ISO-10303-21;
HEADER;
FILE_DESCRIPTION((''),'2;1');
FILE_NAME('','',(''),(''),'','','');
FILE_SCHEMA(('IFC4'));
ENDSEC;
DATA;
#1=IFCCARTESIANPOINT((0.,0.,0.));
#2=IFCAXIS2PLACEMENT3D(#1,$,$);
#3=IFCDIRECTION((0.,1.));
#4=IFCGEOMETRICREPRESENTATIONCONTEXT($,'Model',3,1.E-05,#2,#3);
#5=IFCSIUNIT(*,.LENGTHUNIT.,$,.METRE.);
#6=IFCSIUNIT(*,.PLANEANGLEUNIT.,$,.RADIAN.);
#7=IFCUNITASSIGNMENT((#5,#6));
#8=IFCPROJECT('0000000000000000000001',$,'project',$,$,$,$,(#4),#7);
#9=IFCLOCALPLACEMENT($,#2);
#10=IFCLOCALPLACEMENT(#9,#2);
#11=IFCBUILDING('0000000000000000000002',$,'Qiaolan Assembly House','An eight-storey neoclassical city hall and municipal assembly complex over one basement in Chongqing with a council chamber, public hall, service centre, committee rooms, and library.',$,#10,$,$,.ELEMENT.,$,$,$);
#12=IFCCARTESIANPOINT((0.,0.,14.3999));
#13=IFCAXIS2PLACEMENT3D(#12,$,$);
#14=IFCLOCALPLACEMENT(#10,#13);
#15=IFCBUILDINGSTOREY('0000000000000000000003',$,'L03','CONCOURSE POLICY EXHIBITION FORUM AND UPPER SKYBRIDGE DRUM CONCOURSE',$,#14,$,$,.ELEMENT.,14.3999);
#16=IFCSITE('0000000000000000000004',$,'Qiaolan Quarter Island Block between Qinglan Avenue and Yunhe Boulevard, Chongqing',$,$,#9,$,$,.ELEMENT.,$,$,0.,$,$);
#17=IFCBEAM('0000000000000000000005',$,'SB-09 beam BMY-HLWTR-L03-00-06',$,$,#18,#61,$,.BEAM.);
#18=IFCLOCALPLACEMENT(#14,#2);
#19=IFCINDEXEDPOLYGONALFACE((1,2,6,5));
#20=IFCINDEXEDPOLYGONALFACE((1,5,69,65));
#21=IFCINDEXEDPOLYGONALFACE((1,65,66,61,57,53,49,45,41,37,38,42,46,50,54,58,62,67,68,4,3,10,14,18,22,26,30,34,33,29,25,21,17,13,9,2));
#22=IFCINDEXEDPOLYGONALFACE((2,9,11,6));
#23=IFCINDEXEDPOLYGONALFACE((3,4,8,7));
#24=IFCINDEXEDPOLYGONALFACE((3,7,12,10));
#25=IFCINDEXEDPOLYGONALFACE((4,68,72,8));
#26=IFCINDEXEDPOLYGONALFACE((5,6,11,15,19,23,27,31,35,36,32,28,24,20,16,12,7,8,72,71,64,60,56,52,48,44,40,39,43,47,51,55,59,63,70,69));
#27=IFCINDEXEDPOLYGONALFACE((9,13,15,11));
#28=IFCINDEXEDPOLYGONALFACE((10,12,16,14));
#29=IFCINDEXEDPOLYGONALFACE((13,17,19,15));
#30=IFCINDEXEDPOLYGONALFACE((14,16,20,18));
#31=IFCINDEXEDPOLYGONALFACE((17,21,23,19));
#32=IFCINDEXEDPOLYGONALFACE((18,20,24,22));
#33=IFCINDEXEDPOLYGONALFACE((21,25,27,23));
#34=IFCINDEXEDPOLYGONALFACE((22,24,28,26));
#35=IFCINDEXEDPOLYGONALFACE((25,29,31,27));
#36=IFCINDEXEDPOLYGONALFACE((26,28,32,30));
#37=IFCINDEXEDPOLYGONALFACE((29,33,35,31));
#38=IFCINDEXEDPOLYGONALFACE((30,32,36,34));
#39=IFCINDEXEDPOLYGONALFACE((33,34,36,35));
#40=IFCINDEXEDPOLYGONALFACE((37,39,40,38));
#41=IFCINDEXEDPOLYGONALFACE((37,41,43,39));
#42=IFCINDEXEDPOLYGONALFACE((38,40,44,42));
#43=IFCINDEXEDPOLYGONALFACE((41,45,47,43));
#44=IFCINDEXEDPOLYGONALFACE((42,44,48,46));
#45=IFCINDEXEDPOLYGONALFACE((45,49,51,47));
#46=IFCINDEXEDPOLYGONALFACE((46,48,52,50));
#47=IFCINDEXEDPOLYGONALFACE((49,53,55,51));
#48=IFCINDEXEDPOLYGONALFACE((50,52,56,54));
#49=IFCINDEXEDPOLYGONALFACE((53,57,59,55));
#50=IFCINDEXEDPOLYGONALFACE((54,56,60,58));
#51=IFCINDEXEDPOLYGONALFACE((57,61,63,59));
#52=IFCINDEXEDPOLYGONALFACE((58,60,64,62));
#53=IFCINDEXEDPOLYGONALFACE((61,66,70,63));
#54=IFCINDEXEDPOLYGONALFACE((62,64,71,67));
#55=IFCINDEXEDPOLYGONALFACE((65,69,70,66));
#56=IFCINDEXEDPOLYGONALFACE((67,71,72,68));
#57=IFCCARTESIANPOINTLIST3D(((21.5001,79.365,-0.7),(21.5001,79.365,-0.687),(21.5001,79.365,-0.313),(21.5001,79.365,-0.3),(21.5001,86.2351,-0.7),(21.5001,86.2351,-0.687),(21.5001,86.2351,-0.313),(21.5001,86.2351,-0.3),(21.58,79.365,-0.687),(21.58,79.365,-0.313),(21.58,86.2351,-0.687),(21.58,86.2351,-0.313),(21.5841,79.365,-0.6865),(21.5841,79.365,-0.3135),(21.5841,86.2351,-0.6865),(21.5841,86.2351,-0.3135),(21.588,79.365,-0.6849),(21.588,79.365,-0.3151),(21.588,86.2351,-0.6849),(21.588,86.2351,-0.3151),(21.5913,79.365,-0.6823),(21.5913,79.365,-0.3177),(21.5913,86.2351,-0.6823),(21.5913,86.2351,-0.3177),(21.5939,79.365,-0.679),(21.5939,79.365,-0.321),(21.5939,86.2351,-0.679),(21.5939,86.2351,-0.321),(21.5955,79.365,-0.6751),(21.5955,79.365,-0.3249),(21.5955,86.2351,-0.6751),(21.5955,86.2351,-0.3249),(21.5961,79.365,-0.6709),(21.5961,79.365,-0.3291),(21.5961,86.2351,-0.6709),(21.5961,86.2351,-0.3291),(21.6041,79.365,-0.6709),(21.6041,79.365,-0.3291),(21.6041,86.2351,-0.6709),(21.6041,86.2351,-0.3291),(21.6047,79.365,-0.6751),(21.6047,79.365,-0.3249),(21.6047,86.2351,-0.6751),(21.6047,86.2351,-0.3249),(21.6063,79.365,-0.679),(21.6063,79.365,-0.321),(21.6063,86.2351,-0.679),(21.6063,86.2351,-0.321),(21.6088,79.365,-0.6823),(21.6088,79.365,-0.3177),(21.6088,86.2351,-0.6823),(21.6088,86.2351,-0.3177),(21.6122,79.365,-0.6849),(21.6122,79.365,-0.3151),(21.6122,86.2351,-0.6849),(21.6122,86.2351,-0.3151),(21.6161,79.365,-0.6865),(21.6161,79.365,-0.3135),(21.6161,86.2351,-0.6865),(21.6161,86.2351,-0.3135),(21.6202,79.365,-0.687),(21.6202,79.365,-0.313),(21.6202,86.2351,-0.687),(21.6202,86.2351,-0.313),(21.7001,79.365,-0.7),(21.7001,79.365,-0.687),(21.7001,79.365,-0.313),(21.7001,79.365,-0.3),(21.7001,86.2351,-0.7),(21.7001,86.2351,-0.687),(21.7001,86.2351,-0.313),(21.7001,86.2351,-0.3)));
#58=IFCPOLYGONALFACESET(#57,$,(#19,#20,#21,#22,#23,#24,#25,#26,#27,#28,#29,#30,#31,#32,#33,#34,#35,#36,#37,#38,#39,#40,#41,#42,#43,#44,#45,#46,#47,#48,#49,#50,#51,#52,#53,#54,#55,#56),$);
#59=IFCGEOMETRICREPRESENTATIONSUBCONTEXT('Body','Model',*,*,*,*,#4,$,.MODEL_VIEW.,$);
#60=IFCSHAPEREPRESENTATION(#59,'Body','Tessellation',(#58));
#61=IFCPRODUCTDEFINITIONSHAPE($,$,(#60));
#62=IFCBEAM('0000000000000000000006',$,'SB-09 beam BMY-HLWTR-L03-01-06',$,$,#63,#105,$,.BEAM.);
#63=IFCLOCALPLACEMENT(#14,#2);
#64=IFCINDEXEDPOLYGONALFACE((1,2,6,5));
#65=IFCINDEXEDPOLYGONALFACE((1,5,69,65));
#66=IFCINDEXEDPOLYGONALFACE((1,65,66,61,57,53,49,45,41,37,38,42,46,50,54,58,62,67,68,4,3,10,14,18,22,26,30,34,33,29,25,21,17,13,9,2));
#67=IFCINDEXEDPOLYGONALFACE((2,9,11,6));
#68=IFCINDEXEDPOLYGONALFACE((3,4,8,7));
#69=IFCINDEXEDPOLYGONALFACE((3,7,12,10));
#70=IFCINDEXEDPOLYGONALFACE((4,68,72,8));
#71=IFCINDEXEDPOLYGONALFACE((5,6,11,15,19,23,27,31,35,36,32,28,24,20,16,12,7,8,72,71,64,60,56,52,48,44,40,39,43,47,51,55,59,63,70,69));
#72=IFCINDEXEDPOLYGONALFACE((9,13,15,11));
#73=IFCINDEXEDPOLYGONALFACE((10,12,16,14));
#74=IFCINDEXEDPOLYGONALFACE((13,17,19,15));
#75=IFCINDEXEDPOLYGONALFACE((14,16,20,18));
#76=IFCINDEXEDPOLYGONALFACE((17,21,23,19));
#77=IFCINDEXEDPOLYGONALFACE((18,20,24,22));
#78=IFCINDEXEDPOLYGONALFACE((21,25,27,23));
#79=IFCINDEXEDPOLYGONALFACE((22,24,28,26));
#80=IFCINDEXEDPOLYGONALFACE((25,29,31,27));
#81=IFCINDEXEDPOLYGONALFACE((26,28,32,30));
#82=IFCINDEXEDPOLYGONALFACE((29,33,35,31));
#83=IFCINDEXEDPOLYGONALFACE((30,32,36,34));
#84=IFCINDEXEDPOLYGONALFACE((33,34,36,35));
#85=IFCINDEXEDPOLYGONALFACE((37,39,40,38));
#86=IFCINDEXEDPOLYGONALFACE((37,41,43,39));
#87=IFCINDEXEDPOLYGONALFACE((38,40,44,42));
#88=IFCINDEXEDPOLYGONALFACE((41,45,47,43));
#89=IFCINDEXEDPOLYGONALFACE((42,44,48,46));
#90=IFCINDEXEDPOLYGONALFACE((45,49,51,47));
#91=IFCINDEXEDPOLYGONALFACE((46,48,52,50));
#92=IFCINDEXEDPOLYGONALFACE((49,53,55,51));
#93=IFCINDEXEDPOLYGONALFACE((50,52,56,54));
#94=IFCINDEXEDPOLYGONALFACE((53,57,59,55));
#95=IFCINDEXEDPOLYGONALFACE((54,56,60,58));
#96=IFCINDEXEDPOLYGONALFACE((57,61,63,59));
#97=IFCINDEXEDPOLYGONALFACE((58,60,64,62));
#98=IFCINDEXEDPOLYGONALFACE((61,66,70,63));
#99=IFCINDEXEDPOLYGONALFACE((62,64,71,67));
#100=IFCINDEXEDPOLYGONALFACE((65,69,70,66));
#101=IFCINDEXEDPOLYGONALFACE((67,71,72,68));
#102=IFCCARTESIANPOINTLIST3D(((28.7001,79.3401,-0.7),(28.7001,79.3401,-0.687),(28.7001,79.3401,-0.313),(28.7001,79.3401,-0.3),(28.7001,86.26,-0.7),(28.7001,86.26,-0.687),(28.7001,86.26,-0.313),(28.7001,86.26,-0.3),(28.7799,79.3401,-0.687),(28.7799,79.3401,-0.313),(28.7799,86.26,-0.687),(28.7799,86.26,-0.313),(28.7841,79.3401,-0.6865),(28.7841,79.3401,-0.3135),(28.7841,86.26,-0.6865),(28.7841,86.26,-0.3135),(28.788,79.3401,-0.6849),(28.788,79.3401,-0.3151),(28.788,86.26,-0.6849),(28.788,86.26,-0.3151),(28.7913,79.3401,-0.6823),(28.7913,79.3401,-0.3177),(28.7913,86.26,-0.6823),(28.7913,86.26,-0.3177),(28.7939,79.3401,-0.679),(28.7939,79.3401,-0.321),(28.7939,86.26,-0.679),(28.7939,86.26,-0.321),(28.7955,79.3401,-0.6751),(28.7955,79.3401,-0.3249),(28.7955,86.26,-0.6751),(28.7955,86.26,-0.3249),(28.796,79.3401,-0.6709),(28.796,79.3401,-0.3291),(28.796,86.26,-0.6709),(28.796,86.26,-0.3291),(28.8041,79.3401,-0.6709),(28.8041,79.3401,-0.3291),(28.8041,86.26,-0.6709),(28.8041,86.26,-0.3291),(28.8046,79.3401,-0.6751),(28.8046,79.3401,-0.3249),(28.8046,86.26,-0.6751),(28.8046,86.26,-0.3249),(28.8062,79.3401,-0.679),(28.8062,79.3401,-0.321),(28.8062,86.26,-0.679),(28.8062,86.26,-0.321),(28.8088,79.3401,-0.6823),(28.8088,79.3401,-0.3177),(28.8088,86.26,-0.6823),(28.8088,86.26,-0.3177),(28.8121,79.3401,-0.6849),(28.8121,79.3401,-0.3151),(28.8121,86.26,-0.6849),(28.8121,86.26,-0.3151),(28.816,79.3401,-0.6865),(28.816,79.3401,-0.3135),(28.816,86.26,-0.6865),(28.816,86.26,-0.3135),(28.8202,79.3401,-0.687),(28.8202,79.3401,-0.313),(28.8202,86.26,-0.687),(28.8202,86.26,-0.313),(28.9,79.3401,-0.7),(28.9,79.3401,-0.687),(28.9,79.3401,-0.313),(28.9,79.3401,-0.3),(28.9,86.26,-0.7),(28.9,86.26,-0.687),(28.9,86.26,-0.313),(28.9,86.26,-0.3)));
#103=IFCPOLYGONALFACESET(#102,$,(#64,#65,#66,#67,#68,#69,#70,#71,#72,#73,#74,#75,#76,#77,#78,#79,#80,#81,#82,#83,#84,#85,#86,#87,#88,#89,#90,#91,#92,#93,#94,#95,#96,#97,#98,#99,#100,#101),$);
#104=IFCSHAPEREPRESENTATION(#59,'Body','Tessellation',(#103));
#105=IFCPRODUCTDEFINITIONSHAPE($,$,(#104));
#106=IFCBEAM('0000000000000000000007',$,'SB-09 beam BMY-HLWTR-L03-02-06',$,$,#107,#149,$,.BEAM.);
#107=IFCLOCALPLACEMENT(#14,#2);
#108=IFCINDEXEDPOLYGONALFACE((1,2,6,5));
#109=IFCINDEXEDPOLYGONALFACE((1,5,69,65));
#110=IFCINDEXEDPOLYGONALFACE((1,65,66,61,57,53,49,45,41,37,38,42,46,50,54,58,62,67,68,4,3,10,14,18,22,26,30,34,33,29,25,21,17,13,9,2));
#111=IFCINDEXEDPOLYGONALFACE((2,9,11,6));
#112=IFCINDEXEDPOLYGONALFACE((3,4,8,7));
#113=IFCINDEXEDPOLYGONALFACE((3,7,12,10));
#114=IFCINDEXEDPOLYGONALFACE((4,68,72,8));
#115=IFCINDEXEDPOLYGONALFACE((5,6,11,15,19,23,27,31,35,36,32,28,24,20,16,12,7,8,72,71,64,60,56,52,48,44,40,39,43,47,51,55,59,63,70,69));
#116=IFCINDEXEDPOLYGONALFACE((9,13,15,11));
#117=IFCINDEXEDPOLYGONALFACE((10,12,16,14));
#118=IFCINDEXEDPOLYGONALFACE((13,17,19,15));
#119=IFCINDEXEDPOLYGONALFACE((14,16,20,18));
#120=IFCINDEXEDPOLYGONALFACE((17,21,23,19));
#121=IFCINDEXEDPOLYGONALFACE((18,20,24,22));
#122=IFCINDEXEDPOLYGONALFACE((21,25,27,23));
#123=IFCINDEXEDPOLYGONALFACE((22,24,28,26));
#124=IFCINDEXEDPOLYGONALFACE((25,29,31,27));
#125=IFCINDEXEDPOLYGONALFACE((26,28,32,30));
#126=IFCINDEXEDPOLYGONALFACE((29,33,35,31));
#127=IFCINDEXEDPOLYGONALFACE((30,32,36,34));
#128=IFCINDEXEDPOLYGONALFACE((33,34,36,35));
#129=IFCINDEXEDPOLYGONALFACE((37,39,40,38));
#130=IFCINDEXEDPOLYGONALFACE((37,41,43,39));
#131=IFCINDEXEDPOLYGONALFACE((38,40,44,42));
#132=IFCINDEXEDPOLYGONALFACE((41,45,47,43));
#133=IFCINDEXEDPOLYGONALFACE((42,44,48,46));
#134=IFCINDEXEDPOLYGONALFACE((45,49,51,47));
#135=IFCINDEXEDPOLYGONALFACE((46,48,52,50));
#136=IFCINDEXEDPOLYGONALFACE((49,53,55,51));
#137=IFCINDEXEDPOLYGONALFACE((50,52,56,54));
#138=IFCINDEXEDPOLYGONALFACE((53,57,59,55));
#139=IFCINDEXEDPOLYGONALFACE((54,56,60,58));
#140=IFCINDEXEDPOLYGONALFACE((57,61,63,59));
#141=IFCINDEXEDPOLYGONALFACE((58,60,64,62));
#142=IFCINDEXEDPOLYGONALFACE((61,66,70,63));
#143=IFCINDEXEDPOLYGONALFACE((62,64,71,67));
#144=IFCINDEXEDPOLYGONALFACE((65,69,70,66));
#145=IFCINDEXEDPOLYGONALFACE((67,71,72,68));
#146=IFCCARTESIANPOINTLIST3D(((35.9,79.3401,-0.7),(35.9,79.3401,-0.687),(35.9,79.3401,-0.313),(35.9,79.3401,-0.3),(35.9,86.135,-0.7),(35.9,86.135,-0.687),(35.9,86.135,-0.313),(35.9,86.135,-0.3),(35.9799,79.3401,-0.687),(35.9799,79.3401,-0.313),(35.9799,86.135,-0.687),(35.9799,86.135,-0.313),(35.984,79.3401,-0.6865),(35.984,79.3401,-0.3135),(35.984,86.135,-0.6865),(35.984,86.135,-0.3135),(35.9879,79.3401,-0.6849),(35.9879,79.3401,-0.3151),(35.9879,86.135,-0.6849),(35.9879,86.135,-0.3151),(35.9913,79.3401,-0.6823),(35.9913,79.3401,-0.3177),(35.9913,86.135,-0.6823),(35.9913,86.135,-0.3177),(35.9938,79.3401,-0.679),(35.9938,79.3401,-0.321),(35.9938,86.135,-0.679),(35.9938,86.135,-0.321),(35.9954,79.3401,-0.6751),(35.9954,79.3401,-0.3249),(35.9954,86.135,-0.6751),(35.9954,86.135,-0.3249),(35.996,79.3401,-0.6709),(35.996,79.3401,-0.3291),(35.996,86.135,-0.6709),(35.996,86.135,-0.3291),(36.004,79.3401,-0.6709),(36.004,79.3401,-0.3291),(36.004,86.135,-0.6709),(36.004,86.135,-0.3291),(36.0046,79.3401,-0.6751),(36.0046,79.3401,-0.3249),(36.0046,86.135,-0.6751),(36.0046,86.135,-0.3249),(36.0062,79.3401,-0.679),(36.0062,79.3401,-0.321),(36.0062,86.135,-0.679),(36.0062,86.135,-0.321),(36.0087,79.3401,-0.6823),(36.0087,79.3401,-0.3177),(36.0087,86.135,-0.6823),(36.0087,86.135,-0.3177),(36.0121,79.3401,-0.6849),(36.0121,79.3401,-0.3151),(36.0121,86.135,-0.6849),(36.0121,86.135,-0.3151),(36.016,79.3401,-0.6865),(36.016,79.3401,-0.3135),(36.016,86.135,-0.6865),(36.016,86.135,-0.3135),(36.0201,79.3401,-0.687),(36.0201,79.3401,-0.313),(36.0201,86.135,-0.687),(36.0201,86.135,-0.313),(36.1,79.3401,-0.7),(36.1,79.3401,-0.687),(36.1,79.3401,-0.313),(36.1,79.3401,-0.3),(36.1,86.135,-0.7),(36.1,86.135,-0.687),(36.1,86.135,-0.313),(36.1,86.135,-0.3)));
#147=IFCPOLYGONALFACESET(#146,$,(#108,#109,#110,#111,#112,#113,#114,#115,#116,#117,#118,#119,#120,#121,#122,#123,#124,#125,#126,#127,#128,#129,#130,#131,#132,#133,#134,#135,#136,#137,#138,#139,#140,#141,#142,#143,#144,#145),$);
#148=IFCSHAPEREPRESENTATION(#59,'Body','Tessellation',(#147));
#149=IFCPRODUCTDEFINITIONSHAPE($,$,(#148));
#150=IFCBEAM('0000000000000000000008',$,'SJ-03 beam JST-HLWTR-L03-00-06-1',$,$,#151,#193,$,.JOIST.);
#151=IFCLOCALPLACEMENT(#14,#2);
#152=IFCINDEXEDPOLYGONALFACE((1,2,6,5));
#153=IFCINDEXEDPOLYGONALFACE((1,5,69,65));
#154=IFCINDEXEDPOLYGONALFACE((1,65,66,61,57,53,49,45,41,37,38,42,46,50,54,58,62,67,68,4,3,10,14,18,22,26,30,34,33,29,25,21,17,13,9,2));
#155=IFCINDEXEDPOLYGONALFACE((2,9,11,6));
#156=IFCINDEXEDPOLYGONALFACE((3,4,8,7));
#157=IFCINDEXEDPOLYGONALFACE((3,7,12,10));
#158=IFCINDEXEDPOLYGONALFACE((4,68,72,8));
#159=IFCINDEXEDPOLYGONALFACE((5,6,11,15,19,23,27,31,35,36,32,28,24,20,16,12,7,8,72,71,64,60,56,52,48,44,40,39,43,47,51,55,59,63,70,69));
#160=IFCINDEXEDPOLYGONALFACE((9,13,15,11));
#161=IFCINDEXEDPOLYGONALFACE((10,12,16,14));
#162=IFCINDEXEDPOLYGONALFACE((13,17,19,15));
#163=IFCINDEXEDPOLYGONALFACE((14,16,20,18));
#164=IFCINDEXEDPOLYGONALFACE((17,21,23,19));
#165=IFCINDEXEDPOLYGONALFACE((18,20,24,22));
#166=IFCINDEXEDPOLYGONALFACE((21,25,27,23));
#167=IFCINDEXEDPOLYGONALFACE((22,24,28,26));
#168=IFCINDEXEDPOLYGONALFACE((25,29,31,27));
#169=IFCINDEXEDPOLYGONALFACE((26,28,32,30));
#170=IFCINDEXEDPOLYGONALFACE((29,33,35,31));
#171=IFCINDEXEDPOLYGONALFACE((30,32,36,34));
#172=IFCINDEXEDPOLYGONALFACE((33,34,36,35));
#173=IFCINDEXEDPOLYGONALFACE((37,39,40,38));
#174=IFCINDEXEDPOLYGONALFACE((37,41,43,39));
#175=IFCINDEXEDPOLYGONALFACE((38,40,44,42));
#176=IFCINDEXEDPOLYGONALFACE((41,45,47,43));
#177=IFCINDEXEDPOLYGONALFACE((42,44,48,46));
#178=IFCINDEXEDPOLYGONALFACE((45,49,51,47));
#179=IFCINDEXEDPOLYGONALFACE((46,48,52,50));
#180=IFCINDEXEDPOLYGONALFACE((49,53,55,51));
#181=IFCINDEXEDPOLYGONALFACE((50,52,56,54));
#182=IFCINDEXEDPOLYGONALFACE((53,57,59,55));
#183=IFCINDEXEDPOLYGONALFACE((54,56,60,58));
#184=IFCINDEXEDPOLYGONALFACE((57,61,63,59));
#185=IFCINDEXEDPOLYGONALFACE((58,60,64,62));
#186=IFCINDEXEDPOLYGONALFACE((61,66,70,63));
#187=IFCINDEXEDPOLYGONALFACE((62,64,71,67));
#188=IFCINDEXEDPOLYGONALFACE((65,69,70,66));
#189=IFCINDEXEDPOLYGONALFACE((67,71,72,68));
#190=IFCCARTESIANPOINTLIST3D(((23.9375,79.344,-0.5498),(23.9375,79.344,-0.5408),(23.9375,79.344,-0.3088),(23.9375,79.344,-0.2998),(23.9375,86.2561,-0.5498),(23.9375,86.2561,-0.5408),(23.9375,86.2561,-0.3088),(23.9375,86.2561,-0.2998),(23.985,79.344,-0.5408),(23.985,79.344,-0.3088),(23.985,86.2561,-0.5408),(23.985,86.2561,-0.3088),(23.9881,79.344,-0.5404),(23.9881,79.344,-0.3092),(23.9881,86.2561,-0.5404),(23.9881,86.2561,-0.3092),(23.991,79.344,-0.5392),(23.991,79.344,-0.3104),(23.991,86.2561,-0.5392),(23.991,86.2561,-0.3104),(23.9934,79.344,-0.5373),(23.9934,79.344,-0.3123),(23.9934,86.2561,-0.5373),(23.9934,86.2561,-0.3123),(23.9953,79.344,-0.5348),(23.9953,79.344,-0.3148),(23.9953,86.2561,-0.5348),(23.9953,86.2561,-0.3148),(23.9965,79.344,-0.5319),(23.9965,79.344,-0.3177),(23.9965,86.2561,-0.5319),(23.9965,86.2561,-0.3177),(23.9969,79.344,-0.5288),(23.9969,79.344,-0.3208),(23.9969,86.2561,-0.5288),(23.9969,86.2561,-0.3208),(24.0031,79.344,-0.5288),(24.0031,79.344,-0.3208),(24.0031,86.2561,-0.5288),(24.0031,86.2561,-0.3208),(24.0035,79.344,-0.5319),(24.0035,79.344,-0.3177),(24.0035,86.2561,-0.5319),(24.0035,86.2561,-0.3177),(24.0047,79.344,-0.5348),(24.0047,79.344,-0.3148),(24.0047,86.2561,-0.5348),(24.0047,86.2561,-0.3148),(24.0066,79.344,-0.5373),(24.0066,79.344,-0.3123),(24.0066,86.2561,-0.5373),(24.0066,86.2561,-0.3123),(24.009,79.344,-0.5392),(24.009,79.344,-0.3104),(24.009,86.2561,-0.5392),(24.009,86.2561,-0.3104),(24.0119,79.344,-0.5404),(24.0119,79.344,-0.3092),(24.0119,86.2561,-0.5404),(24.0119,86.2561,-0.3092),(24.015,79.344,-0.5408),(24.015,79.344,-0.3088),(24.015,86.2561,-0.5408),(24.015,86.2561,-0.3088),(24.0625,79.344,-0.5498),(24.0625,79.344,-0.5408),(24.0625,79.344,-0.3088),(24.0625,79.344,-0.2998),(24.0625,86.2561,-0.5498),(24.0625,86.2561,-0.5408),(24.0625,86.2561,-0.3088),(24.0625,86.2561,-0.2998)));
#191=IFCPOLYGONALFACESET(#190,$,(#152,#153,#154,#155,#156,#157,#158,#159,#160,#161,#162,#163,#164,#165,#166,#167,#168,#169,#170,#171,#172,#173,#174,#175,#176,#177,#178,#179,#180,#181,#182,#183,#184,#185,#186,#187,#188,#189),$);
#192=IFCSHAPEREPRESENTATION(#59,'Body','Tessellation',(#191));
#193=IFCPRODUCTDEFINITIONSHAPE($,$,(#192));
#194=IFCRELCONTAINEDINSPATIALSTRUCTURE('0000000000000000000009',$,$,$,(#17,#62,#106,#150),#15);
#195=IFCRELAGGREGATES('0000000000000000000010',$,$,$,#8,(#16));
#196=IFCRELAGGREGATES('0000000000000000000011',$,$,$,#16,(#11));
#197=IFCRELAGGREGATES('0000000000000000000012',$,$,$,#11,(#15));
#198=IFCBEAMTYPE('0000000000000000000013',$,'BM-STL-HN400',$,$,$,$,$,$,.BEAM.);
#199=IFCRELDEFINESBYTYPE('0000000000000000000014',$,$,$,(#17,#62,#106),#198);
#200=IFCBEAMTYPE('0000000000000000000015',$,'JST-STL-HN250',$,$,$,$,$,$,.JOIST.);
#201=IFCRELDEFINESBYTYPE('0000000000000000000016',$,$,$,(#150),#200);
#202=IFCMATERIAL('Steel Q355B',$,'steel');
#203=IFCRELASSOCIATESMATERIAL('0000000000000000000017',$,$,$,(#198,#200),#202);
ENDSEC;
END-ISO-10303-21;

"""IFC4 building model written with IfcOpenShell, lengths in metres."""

from ifc_helpers import new_model, si_unit, direction, frame, origin, origin_2d, place, context, subcontext, project, spatial, i_section, extrude, material, material_profile, profile_set, type_object, element, save


model = new_model("IFC4")

# Units and contexts
model_context = context("Model", 3, precision=1e-05, world=origin(), true_north=direction((0.0, 1.0)))
body_context = subcontext(model_context, "Body", "Model", "MODEL_VIEW")
ifc_project = project(units=[si_unit("LENGTHUNIT", "METRE"), si_unit("PLANEANGLEUNIT", "RADIAN")], contexts=[model_context])

# Site, building, storey
site_placement = place(None, origin())
site = spatial("IfcSite", under=ifc_project, at=site_placement, Name="Qiaolan Quarter Island Block between Qinglan Avenue and Yunhe Boulevard, Chongqing", CompositionType="ELEMENT", RefElevation=0.0)
building_placement = place(site_placement, origin())
building = spatial("IfcBuilding", under=site, at=building_placement, Name="Qiaolan Assembly House", Description="An eight-storey neoclassical city hall and municipal assembly complex over one basement in Chongqing with a council chamber, public hall, service centre, committee rooms, and library.", CompositionType="ELEMENT")
storey_placement = place(building_placement, frame((0.0, 0.0, 14.3999)))
storey = spatial("IfcBuildingStorey", under=building, at=storey_placement, Name="L03", Description="CONCOURSE POLICY EXHIBITION FORUM AND UPPER SKYBRIDGE DRUM CONCOURSE", CompositionType="ELEMENT", Elevation=14.3999)

# Shared definitions
ifc_material_1 = material(Name="Steel Q355B", Category="steel")

# Beams
ifc_material_profile_1 = material_profile(ifc_material_1, i_section(OverallWidth=0.2, OverallDepth=0.3999, WebThickness=0.0081, FlangeThickness=0.0129, FilletRadius=0.0161, at=origin_2d()), Name="HN 400x200x8x13")
ifc_profile_set_1 = profile_set([ifc_material_profile_1], Name="Steel Q355B")
beam_type_1 = type_object("IfcBeamType", Name="BM-STL-HN400", PredefinedType="BEAM", material=ifc_profile_set_1)
beam_1_placement = place(storey_placement, frame((21.6001, 79.365, -0.5), z_axis=(0.0, 1.0, 0.0), x_axis=(-1.0, 0.0, 0.0)))
element("IfcBeam", 1, at=beam_1_placement, inside=storey, type_object=beam_type_1, Name="SB-09 beam BMY-HLWTR-L03-00-06", PredefinedType="BEAM", context=body_context, shape_type="SweptSolid", body=[
    extrude(i_section(OverallWidth=0.2, OverallDepth=0.3999, WebThickness=0.0081, FlangeThickness=0.0129, FilletRadius=0.0161, at=origin_2d()), origin(), (0.0, 0.0, 1.0), 6.8701),
])
beam_2_placement = place(storey_placement, frame((28.8, 79.3401, -0.5), z_axis=(0.0, 1.0, 0.0), x_axis=(-1.0, 0.0, 0.0)))
element("IfcBeam", 2, at=beam_2_placement, inside=storey, type_object=beam_type_1, Name="SB-09 beam BMY-HLWTR-L03-01-06", PredefinedType="BEAM", context=body_context, shape_type="SweptSolid", body=[
    extrude(i_section(OverallWidth=0.2, OverallDepth=0.3999, WebThickness=0.0081, FlangeThickness=0.0129, FilletRadius=0.0161, at=origin_2d()), origin(), (0.0, 0.0, 1.0), 6.9199),
])
beam_3_placement = place(storey_placement, frame((36.0, 79.3401, -0.5), z_axis=(0.0, 1.0, 0.0), x_axis=(-1.0, 0.0, 0.0)))
element("IfcBeam", 3, at=beam_3_placement, inside=storey, type_object=beam_type_1, Name="SB-09 beam BMY-HLWTR-L03-02-06", PredefinedType="BEAM", context=body_context, shape_type="SweptSolid", body=[
    extrude(i_section(OverallWidth=0.2, OverallDepth=0.3999, WebThickness=0.0081, FlangeThickness=0.0129, FilletRadius=0.0161, at=origin_2d()), origin(), (0.0, 0.0, 1.0), 6.7949),
])
ifc_material_profile_2 = material_profile(ifc_material_1, i_section(OverallWidth=0.125, OverallDepth=0.25, WebThickness=0.0061, FlangeThickness=0.009, FilletRadius=0.012, at=origin_2d()), Name="HN 250x125x6x9")
ifc_profile_set_2 = profile_set([ifc_material_profile_2], Name="Steel Q355B")
beam_type_2 = type_object("IfcBeamType", Name="JST-STL-HN250", PredefinedType="JOIST", material=ifc_profile_set_2)
for number, where, z_axis, x_axis, name in (
    (4, (24.0, 79.344, -0.4248), (0.0, 1.0, 0.0), (-1.0, 0.0, 0.0), "SJ-03 beam JST-HLWTR-L03-00-06-1"),
):
    element("IfcBeam", number, at=place(storey_placement, frame(where, z_axis=z_axis, x_axis=x_axis)), inside=storey, type_object=beam_type_2, Name=name, PredefinedType="JOIST", context=body_context, shape_type="SweptSolid", body=[
        extrude(i_section(OverallWidth=0.125, OverallDepth=0.25, WebThickness=0.0061, FlangeThickness=0.009, FilletRadius=0.012, at=origin_2d()), origin(), (0.0, 0.0, 1.0), 6.9121),
    ])

save(model, "model.ifc")
